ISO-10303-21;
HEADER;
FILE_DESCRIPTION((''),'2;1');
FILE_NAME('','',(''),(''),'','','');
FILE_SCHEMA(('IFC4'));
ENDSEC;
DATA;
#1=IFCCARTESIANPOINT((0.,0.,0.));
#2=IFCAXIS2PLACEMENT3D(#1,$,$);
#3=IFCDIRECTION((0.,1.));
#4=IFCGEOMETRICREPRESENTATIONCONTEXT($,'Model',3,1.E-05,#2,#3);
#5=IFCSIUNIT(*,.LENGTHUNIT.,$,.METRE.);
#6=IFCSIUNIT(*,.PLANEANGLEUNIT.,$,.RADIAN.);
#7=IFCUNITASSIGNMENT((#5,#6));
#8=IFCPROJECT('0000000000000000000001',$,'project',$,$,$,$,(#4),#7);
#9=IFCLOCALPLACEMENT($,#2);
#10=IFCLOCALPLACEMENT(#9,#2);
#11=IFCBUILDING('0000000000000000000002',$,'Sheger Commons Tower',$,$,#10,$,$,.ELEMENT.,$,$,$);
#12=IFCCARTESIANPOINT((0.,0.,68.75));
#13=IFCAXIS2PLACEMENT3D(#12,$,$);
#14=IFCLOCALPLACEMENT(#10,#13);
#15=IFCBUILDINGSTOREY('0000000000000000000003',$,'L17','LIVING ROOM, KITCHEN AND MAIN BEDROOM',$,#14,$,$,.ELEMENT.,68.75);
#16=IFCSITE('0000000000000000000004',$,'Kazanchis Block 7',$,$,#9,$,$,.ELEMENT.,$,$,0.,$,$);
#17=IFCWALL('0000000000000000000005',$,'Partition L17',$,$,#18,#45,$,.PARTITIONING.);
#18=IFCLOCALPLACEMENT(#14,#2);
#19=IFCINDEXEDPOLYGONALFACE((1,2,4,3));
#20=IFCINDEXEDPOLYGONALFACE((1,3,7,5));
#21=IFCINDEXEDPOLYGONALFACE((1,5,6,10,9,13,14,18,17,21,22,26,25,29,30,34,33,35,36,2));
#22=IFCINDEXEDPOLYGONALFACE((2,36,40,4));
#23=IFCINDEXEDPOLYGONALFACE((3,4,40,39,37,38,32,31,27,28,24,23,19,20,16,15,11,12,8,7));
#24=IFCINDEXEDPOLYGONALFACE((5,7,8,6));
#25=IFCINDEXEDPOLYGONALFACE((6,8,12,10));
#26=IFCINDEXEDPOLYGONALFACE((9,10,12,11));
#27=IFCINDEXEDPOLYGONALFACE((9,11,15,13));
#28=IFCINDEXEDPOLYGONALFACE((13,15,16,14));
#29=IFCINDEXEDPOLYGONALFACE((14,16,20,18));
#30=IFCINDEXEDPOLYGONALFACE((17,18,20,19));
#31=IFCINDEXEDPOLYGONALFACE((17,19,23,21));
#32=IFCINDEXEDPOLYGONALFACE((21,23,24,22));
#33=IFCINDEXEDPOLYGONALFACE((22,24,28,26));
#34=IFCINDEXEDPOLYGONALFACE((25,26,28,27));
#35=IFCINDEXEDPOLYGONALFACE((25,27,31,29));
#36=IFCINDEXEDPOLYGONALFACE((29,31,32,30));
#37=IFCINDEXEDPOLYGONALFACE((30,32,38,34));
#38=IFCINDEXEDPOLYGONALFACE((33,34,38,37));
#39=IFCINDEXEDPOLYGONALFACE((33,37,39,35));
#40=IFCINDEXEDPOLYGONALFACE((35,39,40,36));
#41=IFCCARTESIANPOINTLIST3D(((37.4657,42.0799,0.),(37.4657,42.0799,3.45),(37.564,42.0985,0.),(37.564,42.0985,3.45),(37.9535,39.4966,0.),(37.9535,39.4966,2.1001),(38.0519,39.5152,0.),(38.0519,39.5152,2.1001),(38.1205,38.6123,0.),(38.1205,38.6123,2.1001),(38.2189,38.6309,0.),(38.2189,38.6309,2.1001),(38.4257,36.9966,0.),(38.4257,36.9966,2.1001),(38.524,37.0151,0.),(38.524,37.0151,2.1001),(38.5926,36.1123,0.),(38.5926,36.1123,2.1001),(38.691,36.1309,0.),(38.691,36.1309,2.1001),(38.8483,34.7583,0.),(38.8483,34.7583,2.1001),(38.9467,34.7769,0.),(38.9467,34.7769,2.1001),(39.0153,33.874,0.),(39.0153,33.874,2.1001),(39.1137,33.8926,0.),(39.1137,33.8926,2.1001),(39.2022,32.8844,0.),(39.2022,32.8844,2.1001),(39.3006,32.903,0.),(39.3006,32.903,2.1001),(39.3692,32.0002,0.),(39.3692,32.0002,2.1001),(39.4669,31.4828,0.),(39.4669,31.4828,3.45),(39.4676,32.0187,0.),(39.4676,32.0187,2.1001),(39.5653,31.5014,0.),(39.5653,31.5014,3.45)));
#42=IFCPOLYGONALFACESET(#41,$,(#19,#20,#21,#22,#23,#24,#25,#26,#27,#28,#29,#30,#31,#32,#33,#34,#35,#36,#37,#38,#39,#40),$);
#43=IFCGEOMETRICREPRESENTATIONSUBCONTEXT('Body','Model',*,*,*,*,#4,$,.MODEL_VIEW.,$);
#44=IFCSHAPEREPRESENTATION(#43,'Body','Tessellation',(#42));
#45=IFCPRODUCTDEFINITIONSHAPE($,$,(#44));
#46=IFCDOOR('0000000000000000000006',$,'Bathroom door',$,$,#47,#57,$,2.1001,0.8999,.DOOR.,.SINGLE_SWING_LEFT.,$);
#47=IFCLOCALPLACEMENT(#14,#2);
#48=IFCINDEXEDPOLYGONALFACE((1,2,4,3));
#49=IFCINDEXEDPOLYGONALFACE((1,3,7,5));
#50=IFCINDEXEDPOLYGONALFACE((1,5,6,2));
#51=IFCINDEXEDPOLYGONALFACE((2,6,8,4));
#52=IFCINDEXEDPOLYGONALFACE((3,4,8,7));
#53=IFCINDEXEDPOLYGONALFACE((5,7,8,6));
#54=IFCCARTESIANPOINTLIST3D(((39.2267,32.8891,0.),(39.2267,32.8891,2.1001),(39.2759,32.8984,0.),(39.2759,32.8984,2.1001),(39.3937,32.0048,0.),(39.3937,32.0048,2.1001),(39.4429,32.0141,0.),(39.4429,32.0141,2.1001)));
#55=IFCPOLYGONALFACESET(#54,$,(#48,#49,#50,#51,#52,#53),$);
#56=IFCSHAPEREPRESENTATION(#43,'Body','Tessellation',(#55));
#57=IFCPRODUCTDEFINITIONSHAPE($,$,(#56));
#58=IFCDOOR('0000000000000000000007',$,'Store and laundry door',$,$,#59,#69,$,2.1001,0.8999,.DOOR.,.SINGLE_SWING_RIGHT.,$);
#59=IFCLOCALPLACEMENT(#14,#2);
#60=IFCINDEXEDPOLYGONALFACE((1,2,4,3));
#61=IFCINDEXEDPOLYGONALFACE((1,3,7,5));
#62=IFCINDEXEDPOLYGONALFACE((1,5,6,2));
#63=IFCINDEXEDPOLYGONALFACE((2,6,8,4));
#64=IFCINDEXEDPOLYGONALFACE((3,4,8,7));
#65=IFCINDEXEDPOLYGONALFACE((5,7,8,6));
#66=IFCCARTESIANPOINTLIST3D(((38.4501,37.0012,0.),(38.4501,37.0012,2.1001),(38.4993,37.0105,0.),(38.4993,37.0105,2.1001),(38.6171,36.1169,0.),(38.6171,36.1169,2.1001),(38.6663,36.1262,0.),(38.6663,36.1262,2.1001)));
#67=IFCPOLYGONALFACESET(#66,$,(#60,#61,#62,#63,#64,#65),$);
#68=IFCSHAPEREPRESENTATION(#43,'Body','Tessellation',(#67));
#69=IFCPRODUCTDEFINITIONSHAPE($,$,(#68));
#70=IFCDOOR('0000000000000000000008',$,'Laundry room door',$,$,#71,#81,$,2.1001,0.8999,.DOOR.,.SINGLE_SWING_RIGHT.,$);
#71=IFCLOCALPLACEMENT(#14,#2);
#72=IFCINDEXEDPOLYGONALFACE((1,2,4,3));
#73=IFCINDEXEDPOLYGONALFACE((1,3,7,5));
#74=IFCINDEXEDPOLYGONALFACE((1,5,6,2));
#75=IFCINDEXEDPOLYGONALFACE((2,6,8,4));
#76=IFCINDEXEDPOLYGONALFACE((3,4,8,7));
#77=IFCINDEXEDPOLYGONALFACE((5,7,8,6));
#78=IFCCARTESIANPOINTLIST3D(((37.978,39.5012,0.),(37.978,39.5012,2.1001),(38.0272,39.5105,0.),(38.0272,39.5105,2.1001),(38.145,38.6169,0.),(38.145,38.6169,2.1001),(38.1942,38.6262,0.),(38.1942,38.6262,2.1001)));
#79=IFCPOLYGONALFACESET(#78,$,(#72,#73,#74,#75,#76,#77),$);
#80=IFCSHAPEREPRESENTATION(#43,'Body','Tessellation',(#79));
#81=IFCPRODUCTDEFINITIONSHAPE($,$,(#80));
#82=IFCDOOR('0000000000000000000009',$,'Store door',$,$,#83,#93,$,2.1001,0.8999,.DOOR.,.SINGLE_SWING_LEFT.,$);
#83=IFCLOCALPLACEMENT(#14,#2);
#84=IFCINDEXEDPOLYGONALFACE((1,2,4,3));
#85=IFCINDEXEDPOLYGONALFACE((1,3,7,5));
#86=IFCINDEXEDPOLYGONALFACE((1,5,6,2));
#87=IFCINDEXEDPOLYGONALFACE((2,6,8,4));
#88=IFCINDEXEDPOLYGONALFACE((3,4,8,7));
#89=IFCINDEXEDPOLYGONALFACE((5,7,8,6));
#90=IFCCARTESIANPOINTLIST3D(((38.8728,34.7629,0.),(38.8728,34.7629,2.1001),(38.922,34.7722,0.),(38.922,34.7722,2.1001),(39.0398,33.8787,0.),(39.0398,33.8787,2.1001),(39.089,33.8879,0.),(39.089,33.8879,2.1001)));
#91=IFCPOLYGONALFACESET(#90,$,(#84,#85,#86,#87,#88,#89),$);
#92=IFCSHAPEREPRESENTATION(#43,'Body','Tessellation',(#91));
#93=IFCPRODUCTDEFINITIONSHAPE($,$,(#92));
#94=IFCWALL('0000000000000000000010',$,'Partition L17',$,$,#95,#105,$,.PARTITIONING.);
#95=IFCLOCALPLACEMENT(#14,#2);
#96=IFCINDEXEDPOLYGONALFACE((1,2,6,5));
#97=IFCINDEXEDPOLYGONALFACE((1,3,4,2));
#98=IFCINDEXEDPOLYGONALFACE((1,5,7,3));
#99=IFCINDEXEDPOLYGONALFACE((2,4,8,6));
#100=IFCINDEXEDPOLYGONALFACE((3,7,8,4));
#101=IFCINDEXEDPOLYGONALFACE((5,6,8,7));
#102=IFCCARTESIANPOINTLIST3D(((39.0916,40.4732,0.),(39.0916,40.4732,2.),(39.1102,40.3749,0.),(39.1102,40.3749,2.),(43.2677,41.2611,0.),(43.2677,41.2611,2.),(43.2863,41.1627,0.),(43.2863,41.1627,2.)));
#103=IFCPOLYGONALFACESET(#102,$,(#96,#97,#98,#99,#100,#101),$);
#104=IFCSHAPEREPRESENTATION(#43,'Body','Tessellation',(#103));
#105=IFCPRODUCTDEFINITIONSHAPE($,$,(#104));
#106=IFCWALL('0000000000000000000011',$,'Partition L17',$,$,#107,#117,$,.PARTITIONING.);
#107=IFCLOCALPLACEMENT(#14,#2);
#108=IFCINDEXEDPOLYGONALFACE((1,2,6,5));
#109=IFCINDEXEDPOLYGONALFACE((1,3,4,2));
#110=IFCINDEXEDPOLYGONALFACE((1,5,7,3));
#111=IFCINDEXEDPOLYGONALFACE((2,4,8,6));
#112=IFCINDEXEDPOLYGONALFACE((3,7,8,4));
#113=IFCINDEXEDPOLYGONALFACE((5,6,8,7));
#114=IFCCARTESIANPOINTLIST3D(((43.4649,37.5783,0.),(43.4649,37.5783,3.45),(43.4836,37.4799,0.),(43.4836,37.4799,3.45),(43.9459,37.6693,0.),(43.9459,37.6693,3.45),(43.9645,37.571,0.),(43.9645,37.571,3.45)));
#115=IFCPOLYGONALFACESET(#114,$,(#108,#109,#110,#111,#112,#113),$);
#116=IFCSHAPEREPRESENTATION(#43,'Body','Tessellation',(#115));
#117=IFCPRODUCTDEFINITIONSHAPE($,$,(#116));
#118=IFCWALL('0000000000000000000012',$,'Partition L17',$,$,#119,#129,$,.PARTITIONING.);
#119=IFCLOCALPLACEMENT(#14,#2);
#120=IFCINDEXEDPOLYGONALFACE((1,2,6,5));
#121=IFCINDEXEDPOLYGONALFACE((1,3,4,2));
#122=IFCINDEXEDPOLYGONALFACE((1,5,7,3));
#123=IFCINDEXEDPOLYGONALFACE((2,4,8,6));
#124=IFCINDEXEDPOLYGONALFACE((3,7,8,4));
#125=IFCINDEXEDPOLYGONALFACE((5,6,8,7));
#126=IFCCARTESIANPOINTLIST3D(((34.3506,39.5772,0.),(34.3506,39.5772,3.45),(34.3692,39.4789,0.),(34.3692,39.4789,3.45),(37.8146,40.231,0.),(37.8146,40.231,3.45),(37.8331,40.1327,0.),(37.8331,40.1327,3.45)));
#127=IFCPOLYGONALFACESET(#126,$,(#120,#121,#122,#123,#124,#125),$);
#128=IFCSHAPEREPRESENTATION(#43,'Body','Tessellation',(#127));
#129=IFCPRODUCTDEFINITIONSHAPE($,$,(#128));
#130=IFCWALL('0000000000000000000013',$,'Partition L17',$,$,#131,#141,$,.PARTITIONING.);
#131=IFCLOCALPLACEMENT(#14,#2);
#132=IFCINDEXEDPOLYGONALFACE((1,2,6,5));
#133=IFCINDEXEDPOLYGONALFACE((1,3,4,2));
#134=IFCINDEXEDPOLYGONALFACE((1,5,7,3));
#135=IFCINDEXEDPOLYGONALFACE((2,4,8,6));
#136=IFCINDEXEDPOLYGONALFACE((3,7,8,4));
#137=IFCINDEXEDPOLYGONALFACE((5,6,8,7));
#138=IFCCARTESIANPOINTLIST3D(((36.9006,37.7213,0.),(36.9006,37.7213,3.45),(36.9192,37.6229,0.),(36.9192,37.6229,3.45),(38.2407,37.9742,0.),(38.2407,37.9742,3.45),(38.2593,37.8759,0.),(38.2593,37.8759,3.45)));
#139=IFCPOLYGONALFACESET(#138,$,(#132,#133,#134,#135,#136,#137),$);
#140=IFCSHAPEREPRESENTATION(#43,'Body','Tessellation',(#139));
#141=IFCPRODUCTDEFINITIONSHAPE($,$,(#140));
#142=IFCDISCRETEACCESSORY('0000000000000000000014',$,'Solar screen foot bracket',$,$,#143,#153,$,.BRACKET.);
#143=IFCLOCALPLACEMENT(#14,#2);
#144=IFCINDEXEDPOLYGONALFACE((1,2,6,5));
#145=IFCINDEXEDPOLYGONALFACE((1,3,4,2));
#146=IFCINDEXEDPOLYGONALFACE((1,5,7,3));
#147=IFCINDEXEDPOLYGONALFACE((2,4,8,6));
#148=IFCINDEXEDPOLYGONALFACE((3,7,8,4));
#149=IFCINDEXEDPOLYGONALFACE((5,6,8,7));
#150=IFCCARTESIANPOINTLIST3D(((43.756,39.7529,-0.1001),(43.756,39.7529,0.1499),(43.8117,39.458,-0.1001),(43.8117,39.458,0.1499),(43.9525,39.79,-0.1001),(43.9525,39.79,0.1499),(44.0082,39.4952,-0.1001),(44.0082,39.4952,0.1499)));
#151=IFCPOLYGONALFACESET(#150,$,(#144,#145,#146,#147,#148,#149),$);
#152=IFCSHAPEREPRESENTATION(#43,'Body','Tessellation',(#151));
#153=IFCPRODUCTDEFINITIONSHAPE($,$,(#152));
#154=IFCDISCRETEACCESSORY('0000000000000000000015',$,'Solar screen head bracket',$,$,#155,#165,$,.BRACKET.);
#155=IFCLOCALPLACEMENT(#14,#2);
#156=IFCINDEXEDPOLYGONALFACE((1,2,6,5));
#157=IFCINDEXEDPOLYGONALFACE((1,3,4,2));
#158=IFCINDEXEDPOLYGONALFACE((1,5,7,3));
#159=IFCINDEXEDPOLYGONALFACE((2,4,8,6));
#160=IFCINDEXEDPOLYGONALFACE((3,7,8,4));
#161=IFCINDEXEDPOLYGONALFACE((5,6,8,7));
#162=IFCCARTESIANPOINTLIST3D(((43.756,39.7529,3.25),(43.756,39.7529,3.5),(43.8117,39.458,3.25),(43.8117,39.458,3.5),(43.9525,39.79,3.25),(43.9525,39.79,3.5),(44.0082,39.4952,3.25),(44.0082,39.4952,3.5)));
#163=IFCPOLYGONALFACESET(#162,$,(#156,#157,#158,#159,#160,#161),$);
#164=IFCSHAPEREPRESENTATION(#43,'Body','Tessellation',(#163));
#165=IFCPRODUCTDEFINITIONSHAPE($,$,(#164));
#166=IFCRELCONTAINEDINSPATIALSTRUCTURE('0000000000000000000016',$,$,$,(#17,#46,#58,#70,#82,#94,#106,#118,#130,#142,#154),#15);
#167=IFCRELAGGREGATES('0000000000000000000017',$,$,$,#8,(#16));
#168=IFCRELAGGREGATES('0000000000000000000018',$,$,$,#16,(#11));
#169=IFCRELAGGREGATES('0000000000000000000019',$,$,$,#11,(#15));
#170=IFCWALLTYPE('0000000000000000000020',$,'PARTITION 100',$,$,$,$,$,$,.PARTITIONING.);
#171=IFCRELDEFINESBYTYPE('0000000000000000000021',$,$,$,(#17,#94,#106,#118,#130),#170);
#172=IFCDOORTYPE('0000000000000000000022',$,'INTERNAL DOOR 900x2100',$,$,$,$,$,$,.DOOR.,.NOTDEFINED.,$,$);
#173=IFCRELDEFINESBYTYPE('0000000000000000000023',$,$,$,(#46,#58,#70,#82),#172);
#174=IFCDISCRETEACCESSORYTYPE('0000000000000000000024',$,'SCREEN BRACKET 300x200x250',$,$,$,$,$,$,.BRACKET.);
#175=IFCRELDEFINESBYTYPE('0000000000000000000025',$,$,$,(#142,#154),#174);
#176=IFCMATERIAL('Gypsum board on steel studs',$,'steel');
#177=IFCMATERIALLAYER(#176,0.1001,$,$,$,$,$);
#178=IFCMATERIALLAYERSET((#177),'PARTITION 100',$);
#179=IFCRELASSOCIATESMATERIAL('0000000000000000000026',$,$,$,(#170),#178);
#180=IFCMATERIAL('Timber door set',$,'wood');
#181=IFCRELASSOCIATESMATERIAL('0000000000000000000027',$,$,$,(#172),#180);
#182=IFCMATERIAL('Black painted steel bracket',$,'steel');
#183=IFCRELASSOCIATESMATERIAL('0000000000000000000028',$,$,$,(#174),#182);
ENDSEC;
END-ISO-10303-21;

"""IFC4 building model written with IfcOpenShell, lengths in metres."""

from ifc_helpers import new_model, si_unit, direction, frame, frame_2d, origin, origin_2d, place, context, subcontext, project, spatial, rectangle, extrude, material, layer, layer_set, type_object, element, fill, save


model = new_model("IFC4")

# Units and contexts
model_context = context("Model", 3, precision=1e-05, world=origin(), true_north=direction((0.0, 1.0)))
body_context = subcontext(model_context, "Body", "Model", "MODEL_VIEW")
ifc_project = project(units=[si_unit("LENGTHUNIT", "METRE"), si_unit("PLANEANGLEUNIT", "RADIAN")], contexts=[model_context])

# Site, building, storey
site_placement = place(None, origin())
site = spatial("IfcSite", under=ifc_project, at=site_placement, Name="Kazanchis Block 7", CompositionType="ELEMENT", RefElevation=0.0)
building_placement = place(site_placement, origin())
building = spatial("IfcBuilding", under=site, at=building_placement, Name="Sheger Commons Tower", CompositionType="ELEMENT")
storey_placement = place(building_placement, frame((0.0, 0.0, 68.75)))
storey = spatial("IfcBuildingStorey", under=building, at=storey_placement, Name="L17", Description="LIVING ROOM, KITCHEN AND MAIN BEDROOM", CompositionType="ELEMENT", Elevation=68.75)

# Shared definitions
ifc_material_1 = material(Name="Gypsum board on steel studs", Category="steel")
ifc_layer_1 = layer(ifc_material_1, 0.1001)
ifc_layer_set_1 = layer_set([ifc_layer_1], Name="PARTITION 100")
wall_type = type_object("IfcWallType", Name="PARTITION 100", PredefinedType="PARTITIONING", material=ifc_layer_set_1)

# Shared definitions
ifc_material_2 = material(Name="Timber door set", Category="wood")
door_type = type_object("IfcDoorType", Name="INTERNAL DOOR 900x2100", OperationType="NOTDEFINED", PredefinedType="DOOR", material=ifc_material_2)

# Wall, openings, doors
wall_1_placement = place(storey_placement, frame((37.5149, 42.0891, 0.0), z_axis=(0.0, 0.0, 1.0), x_axis=(0.185565, -0.982632, 0.0)))
wall_1 = element("IfcWall", 1, at=wall_1_placement, inside=storey, type_object=wall_type, Name="Partition L17", PredefinedType="PARTITIONING", context=body_context, shape_type="SweptSolid", body=[
    extrude(rectangle(XDim=10.7844, YDim=0.1001, at=frame_2d((5.3921, 0.0))), origin(), (0.0, 0.0, 1.0), 3.45),
])
opening_1_placement = place(wall_1_placement, frame((9.3579, 0.0, 0.0)))
opening_1 = element("IfcOpeningElement", 2, at=opening_1_placement, cuts=wall_1, PredefinedType="OPENING", context=body_context, shape_type="SweptSolid", body=[
    extrude(rectangle(XDim=0.8999, YDim=2.1001, at=frame_2d((0.45, 1.05))), frame((0.0, 0.0601, 0.0), z_axis=(0.0, -1.0, 0.0), x_axis=(1.0, 0.0, 0.0)), (0.0, 0.0, 1.0), 0.1201),
])
opening_2_placement = place(wall_1_placement, frame((5.1731, 0.0, 0.0)))
opening_2 = element("IfcOpeningElement", 3, at=opening_2_placement, cuts=wall_1, PredefinedType="OPENING", context=body_context, shape_type="SweptSolid", body=[
    extrude(rectangle(XDim=0.8999, YDim=2.1001, at=frame_2d((0.45, 1.05))), frame((0.0, 0.0601, 0.0), z_axis=(0.0, -1.0, 0.0), x_axis=(1.0, 0.0, 0.0)), (0.0, 0.0, 1.0), 0.1201),
])
opening_3_placement = place(wall_1_placement, frame((2.6289, 0.0, 0.0)))
opening_3 = element("IfcOpeningElement", 4, at=opening_3_placement, cuts=wall_1, PredefinedType="OPENING", context=body_context, shape_type="SweptSolid", body=[
    extrude(rectangle(XDim=0.8999, YDim=2.1001, at=frame_2d((0.45, 1.05))), frame((0.0, 0.0601, 0.0), z_axis=(0.0, -1.0, 0.0), x_axis=(1.0, 0.0, 0.0)), (0.0, 0.0, 1.0), 0.1201),
])
opening_4_placement = place(wall_1_placement, frame((7.4509, 0.0, 0.0)))
opening_4 = element("IfcOpeningElement", 5, at=opening_4_placement, cuts=wall_1, PredefinedType="OPENING", context=body_context, shape_type="SweptSolid", body=[
    extrude(rectangle(XDim=0.8999, YDim=2.1001, at=frame_2d((0.45, 1.05))), frame((0.0, 0.0601, 0.0), z_axis=(0.0, -1.0, 0.0), x_axis=(1.0, 0.0, 0.0)), (0.0, 0.0, 1.0), 0.1201),
])
door_1_placement = place(opening_1_placement, origin())
door_1 = element("IfcDoor", 6, at=door_1_placement, inside=storey, type_object=door_type, Name="Bathroom door", OperationType="SINGLE_SWING_LEFT", OverallHeight=2.1001, OverallWidth=0.8999, PredefinedType="DOOR", context=body_context, shape_type="SweptSolid", body=[
    extrude(rectangle(XDim=0.8999, YDim=2.1001, at=frame_2d((0.45, 1.05))), frame((0.0, 0.0249, 0.0), z_axis=(0.0, -1.0, 0.0), x_axis=(1.0, 0.0, 0.0)), (0.0, 0.0, 1.0), 0.05),
])
fill(opening_1, door_1)
door_2_placement = place(opening_2_placement, origin())
door_2 = element("IfcDoor", 7, at=door_2_placement, inside=storey, type_object=door_type, Name="Store and laundry door", OperationType="SINGLE_SWING_RIGHT", OverallHeight=2.1001, OverallWidth=0.8999, PredefinedType="DOOR", context=body_context, shape_type="SweptSolid", body=[
    extrude(rectangle(XDim=0.8999, YDim=2.1001, at=frame_2d((0.45, 1.05))), frame((0.0, 0.0249, 0.0), z_axis=(0.0, -1.0, 0.0), x_axis=(1.0, 0.0, 0.0)), (0.0, 0.0, 1.0), 0.05),
])
fill(opening_2, door_2)
door_3_placement = place(opening_3_placement, origin())
door_3 = element("IfcDoor", 8, at=door_3_placement, inside=storey, type_object=door_type, Name="Laundry room door", OperationType="SINGLE_SWING_RIGHT", OverallHeight=2.1001, OverallWidth=0.8999, PredefinedType="DOOR", context=body_context, shape_type="SweptSolid", body=[
    extrude(rectangle(XDim=0.8999, YDim=2.1001, at=frame_2d((0.45, 1.05))), frame((0.0, 0.0249, 0.0), z_axis=(0.0, -1.0, 0.0), x_axis=(1.0, 0.0, 0.0)), (0.0, 0.0, 1.0), 0.05),
])
fill(opening_3, door_3)
door_4_placement = place(opening_4_placement, origin())
door_4 = element("IfcDoor", 9, at=door_4_placement, inside=storey, type_object=door_type, Name="Store door", OperationType="SINGLE_SWING_LEFT", OverallHeight=2.1001, OverallWidth=0.8999, PredefinedType="DOOR", context=body_context, shape_type="SweptSolid", body=[
    extrude(rectangle(XDim=0.8999, YDim=2.1001, at=frame_2d((0.45, 1.05))), frame((0.0, 0.0249, 0.0), z_axis=(0.0, -1.0, 0.0), x_axis=(1.0, 0.0, 0.0)), (0.0, 0.0, 1.0), 0.05),
])
fill(opening_4, door_4)

# Walls
wall_2_placement = place(storey_placement, frame((43.2771, 41.2119, 0.0), z_axis=(0.0, 0.0, 1.0), x_axis=(-0.982665, -0.185388, 0.0)))
element("IfcWall", 10, at=wall_2_placement, inside=storey, type_object=wall_type, Name="Partition L17", PredefinedType="PARTITIONING", context=body_context, shape_type="SweptSolid", body=[
    extrude(rectangle(XDim=4.2498, YDim=0.1001, at=frame_2d((2.125, 0.0))), origin(), (0.0, 0.0, 1.0), 2.0),
])
wall_3_placement = place(storey_placement, frame((43.9551, 37.6201, 0.0), z_axis=(0.0, 0.0, 1.0), x_axis=(-0.982543, -0.186035, 0.0)))
element("IfcWall", 11, at=wall_3_placement, inside=storey, type_object=wall_type, Name="Partition L17", PredefinedType="PARTITIONING", context=body_context, shape_type="SweptSolid", body=[
    extrude(rectangle(XDim=0.4895, YDim=0.1001, at=frame_2d((0.2446, 0.0))), origin(), (0.0, 0.0, 1.0), 3.45),
])
wall_4_placement = place(storey_placement, frame((37.824, 40.1819, 0.0), z_axis=(0.0, 0.0, 1.0), x_axis=(-0.982649, -0.185476, 0.0)))
element("IfcWall", 12, at=wall_4_placement, inside=storey, type_object=wall_type, Name="Partition L17", PredefinedType="PARTITIONING", context=body_context, shape_type="SweptSolid", body=[
    extrude(rectangle(XDim=3.5251, YDim=0.1001, at=frame_2d((1.7627, 0.0))), origin(), (0.0, 0.0, 1.0), 3.45),
])
wall_5_placement = place(storey_placement, frame((38.25, 37.925, 0.0), z_axis=(0.0, 0.0, 1.0), x_axis=(-0.982651, -0.185467, 0.0)))
element("IfcWall", 13, at=wall_5_placement, inside=storey, type_object=wall_type, Name="Partition L17", PredefinedType="PARTITIONING", context=body_context, shape_type="SweptSolid", body=[
    extrude(rectangle(XDim=1.3638, YDim=0.1001, at=frame_2d((0.6819, 0.0))), origin(), (0.0, 0.0, 1.0), 3.45),
])

# Discrete accessories
ifc_material_3 = material(Name="Black painted steel bracket", Category="steel")
discrete_accessory_type = type_object("IfcDiscreteAccessoryType", Name="SCREEN BRACKET 300x200x250", PredefinedType="BRACKET", material=ifc_material_3)
for number, where, z_axis, x_axis, name in (
    (14, (43.8821, 39.624, -0.1001), (0.0, 0.0, 1.0), (-0.185615, 0.982623, 0.0), "Solar screen foot bracket"),
    (15, (43.8821, 39.624, 3.25), (0.0, 0.0, 1.0), (-0.185615, 0.982623, 0.0), "Solar screen head bracket"),
):
    element("IfcDiscreteAccessory", number, at=place(storey_placement, frame(where, z_axis=z_axis, x_axis=x_axis)), inside=storey, type_object=discrete_accessory_type, Name=name, PredefinedType="BRACKET", context=body_context, shape_type="SweptSolid", body=[
        extrude(rectangle(XDim=0.3, YDim=0.2, at=origin_2d()), origin(), (0.0, 0.0, 1.0), 0.25),
    ])

save(model, "model.ifc")
